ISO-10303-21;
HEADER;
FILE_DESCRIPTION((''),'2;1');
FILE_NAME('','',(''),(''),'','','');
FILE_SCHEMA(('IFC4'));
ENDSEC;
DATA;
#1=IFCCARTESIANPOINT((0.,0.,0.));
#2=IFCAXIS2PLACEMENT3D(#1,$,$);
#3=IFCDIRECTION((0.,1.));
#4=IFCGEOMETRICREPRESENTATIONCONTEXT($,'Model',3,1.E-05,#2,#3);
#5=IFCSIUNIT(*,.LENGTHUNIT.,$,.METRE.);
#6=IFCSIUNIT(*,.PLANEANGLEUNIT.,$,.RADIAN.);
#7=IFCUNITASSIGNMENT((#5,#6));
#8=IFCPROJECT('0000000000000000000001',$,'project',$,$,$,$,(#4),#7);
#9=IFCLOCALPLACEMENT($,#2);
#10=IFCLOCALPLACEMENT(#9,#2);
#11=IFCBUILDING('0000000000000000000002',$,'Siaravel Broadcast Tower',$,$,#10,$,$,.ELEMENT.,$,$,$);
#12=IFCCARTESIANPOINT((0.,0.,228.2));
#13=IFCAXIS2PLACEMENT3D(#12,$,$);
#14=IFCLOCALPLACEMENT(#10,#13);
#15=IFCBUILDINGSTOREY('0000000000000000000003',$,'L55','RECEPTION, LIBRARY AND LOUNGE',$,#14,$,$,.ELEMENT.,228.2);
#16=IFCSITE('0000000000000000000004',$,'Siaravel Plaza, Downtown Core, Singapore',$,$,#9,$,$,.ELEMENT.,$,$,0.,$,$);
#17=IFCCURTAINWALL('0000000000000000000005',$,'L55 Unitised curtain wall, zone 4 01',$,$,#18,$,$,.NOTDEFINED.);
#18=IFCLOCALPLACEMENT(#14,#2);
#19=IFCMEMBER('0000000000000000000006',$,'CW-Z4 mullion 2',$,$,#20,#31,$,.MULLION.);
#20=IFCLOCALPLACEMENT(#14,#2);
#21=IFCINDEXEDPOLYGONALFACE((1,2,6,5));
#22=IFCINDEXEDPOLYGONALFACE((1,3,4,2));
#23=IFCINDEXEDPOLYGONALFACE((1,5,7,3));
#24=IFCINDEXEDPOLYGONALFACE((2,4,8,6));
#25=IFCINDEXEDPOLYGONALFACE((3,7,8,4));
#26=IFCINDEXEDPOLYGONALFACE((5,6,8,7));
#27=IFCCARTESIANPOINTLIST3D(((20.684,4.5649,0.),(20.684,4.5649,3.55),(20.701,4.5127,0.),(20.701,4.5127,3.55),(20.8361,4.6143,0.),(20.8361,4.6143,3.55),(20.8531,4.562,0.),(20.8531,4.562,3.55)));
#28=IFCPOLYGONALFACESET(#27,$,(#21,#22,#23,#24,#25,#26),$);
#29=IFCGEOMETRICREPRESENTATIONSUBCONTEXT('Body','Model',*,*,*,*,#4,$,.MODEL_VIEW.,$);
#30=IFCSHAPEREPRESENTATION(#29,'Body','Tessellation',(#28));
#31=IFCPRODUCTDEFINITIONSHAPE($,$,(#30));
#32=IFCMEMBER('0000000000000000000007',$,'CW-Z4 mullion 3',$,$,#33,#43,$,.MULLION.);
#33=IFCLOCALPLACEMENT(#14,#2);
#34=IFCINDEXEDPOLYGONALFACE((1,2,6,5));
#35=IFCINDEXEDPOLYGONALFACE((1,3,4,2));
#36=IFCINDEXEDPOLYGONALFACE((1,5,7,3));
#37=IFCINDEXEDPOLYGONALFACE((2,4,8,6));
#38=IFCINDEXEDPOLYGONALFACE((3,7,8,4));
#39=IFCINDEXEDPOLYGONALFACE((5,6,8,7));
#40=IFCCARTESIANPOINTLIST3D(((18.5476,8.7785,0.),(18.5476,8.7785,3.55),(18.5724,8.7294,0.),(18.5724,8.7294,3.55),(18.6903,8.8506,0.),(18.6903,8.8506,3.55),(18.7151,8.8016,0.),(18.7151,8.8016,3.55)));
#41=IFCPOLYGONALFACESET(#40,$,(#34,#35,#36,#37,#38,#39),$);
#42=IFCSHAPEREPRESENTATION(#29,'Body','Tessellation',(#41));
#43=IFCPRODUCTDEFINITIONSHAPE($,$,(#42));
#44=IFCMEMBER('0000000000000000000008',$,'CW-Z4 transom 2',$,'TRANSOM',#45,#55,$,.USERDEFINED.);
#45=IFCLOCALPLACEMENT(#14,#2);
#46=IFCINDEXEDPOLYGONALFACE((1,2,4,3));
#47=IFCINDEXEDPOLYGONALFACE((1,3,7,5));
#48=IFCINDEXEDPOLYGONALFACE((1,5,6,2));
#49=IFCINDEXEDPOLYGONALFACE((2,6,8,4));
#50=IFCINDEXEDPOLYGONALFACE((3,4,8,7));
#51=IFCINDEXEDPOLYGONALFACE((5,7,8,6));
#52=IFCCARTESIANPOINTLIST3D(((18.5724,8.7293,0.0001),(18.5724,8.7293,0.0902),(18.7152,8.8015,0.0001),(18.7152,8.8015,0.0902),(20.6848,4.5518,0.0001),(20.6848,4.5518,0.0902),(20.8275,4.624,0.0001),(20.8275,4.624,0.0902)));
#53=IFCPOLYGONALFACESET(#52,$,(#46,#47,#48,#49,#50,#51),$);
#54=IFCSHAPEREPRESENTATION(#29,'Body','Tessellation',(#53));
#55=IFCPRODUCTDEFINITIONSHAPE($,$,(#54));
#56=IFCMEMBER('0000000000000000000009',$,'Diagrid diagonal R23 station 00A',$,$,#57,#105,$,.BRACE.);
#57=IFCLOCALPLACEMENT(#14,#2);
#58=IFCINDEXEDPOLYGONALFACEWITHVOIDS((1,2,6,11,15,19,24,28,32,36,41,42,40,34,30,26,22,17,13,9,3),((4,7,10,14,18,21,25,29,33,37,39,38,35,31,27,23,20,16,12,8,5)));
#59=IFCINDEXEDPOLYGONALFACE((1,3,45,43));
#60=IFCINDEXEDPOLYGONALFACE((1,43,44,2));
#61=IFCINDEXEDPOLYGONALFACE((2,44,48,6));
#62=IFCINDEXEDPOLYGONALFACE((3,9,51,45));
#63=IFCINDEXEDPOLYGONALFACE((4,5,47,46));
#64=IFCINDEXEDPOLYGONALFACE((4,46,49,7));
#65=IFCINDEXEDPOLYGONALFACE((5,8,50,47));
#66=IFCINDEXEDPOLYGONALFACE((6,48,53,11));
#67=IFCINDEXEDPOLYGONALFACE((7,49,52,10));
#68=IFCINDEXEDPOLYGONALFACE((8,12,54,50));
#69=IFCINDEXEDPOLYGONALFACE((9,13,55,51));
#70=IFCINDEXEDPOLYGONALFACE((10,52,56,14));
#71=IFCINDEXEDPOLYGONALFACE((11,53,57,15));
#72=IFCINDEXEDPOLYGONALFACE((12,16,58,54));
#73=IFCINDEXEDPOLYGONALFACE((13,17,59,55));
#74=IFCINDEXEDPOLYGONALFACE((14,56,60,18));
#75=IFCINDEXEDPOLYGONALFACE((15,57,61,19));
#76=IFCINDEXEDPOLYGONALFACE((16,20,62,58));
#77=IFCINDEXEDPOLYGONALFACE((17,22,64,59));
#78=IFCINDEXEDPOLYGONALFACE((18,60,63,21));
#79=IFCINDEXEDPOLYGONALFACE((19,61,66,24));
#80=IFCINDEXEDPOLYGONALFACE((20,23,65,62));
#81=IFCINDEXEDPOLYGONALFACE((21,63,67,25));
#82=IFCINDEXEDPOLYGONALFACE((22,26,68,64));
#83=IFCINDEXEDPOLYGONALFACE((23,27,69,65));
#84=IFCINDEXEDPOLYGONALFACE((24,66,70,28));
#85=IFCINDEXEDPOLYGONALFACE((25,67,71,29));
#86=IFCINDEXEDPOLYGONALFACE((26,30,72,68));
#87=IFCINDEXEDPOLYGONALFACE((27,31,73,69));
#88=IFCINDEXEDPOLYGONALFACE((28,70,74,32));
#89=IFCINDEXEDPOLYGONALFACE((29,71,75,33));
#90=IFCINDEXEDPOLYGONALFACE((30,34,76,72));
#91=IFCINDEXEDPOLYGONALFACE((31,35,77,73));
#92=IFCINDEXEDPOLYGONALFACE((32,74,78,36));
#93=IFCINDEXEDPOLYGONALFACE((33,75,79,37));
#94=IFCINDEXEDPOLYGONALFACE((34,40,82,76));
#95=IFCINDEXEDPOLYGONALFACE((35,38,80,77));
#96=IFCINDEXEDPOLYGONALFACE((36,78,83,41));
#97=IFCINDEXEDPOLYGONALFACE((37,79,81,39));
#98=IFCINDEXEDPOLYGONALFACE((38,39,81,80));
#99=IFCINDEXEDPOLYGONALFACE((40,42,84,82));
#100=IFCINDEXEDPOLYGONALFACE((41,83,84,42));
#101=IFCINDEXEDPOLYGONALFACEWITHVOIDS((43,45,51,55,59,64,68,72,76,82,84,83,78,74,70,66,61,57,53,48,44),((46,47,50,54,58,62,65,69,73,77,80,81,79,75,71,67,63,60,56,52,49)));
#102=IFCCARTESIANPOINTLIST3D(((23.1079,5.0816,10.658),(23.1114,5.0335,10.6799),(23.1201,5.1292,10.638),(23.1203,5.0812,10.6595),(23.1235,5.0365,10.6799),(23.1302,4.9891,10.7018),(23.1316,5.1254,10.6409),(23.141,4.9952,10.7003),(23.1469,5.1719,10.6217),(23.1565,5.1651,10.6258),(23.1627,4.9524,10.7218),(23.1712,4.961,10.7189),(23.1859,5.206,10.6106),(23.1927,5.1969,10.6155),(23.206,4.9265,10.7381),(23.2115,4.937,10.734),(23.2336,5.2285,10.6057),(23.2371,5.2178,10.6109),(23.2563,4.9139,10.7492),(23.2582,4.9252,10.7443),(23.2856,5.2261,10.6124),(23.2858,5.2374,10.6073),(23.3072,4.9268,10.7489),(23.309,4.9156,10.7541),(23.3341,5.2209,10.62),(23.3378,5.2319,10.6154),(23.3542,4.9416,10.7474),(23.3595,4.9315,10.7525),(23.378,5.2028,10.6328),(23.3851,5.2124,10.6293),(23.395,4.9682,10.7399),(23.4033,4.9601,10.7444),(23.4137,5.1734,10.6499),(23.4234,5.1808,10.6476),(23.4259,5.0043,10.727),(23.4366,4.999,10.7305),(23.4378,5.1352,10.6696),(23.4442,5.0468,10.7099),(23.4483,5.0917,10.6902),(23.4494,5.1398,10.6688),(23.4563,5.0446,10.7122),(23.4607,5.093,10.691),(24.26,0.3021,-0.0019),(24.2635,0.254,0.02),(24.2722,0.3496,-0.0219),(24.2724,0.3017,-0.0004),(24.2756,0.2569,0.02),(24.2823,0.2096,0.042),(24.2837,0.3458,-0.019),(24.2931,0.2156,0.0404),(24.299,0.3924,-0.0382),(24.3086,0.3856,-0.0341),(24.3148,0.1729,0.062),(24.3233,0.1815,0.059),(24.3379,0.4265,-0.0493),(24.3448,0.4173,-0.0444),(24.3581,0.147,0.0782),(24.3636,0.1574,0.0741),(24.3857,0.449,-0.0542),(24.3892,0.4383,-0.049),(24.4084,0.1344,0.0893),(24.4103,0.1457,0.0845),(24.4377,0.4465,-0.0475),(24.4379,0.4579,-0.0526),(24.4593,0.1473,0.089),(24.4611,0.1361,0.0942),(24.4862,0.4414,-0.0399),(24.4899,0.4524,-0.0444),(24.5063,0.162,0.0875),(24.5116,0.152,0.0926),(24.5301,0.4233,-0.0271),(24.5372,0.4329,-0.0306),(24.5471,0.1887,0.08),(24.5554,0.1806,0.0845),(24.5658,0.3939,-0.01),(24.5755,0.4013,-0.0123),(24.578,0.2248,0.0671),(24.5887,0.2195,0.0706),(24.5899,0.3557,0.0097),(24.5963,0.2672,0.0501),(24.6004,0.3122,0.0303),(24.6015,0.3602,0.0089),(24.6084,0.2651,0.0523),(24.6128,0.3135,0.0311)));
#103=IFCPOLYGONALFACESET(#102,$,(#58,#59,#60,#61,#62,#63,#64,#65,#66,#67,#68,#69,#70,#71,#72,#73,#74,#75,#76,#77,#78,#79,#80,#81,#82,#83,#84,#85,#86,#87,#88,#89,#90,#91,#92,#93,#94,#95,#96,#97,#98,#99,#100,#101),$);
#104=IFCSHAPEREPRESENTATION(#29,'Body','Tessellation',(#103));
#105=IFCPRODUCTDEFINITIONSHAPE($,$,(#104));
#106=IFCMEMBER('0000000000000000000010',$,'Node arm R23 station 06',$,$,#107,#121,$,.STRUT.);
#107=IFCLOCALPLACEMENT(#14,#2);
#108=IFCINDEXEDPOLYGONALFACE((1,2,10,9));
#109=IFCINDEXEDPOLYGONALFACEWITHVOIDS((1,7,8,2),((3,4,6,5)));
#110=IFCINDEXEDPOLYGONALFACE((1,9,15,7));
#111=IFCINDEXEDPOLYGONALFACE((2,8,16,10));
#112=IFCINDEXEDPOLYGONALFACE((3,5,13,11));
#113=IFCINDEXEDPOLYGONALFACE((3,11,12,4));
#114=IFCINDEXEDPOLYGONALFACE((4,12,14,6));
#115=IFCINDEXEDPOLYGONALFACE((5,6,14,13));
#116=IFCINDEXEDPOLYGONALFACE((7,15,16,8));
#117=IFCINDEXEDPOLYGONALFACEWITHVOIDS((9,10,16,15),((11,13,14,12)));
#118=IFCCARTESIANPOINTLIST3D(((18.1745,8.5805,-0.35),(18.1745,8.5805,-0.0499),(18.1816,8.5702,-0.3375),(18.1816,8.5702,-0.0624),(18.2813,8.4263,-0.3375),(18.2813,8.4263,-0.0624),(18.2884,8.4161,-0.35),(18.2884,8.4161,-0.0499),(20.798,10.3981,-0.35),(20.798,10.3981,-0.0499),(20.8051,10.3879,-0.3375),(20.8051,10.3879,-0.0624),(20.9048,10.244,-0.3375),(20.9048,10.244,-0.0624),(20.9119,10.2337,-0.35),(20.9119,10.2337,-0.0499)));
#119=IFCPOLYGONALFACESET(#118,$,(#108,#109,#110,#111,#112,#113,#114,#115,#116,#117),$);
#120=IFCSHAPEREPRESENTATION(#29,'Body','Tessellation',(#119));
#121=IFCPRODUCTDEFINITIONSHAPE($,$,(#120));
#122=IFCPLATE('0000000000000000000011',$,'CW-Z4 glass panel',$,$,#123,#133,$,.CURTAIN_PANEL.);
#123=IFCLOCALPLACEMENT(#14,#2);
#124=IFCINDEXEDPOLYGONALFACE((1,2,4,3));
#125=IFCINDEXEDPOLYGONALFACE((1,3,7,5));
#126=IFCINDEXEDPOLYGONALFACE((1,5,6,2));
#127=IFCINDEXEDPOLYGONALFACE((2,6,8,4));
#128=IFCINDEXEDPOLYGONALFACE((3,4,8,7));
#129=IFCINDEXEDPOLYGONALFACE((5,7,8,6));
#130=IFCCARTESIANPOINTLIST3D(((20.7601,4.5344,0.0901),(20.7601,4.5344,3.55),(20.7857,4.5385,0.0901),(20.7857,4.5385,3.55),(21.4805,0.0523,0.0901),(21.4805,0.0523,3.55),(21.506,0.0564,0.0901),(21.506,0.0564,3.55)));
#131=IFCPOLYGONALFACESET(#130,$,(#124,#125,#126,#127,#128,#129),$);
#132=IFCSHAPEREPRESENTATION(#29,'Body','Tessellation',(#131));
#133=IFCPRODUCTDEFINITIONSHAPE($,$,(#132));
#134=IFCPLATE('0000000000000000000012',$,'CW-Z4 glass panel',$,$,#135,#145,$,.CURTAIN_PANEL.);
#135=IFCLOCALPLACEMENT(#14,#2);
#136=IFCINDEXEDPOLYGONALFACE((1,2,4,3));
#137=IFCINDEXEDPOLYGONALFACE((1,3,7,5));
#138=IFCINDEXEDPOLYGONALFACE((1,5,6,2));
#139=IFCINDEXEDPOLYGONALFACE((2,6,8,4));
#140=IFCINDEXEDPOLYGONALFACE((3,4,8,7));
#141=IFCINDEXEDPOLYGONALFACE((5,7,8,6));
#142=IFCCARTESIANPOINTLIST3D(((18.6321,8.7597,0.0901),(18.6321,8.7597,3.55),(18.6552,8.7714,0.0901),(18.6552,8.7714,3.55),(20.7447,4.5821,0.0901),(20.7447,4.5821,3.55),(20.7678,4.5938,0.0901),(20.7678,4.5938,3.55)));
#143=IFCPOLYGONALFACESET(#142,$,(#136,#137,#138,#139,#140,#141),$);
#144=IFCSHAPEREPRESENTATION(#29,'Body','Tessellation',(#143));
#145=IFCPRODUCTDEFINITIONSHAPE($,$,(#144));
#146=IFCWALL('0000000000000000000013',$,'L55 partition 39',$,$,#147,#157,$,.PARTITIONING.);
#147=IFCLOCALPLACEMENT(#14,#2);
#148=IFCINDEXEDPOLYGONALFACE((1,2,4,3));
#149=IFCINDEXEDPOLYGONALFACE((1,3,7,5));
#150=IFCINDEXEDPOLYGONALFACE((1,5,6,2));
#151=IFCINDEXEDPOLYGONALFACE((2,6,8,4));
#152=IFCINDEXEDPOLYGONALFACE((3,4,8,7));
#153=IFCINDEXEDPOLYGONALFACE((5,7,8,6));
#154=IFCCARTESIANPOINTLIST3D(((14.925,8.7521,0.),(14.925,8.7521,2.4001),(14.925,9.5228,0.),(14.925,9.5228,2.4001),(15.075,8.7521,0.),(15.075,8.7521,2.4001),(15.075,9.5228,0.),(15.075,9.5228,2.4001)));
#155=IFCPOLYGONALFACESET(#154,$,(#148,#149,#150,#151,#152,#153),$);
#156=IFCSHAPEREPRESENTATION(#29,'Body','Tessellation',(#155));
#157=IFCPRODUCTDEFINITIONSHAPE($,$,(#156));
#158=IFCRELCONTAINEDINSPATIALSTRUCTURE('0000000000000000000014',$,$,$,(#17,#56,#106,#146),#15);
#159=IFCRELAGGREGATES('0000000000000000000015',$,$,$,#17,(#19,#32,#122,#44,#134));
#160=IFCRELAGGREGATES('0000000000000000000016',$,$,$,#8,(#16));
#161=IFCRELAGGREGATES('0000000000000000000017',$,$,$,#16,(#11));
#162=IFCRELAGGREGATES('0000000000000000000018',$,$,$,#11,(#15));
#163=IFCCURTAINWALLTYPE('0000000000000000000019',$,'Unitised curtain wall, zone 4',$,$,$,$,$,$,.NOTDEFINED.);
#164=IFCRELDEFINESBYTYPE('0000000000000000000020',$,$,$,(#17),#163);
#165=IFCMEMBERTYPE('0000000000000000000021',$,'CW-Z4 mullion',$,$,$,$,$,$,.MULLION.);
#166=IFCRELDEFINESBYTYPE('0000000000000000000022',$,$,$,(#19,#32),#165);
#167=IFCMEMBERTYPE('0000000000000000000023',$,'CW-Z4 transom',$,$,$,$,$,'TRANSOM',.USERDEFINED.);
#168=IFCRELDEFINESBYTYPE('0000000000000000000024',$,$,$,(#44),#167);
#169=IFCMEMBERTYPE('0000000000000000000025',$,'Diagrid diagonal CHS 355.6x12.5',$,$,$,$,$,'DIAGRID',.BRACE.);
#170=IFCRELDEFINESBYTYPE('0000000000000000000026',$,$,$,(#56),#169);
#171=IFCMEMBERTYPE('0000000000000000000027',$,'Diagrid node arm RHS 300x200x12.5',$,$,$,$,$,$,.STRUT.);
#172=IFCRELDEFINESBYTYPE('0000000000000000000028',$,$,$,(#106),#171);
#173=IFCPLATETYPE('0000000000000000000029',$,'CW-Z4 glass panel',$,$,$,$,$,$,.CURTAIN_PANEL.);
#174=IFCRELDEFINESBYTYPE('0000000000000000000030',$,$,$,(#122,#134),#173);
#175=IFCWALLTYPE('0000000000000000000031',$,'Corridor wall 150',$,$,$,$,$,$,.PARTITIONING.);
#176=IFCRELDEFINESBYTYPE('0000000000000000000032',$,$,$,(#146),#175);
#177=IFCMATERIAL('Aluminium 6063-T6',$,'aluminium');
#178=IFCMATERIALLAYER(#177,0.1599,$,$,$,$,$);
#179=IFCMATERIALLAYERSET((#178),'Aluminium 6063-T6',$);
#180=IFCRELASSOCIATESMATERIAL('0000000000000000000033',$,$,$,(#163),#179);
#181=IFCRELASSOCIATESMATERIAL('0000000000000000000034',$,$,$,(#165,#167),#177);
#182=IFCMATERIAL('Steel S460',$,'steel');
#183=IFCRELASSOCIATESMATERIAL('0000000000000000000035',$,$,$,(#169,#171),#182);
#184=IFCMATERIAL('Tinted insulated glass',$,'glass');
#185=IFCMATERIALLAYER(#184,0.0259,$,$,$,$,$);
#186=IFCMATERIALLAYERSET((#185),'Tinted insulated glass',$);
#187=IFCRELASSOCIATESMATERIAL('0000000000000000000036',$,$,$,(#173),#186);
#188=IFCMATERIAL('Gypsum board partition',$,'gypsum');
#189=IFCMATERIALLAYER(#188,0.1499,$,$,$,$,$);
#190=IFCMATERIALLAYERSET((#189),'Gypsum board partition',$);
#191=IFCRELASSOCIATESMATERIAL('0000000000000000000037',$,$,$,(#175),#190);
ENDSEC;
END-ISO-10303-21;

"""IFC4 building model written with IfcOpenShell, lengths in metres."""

from ifc_helpers import new_model, si_unit, direction, frame, frame_2d, origin, origin_2d, place, context, subcontext, project, spatial, rectangle, hollow_rectangle, hollow_circle, extrude, material, layer, layer_set, material_profile, profile_set, type_object, element, aggregate, save


model = new_model("IFC4")

# Units and contexts
model_context = context("Model", 3, precision=1e-05, world=origin(), true_north=direction((0.0, 1.0)))
body_context = subcontext(model_context, "Body", "Model", "MODEL_VIEW")
ifc_project = project(units=[si_unit("LENGTHUNIT", "METRE"), si_unit("PLANEANGLEUNIT", "RADIAN")], contexts=[model_context])

# Site, building, storey
site_placement = place(None, origin())
site = spatial("IfcSite", under=ifc_project, at=site_placement, Name="Siaravel Plaza, Downtown Core, Singapore", CompositionType="ELEMENT", RefElevation=0.0)
building_placement = place(site_placement, origin())
building = spatial("IfcBuilding", under=site, at=building_placement, Name="Siaravel Broadcast Tower", CompositionType="ELEMENT")
storey_placement = place(building_placement, frame((0.0, 0.0, 228.2)))
storey = spatial("IfcBuildingStorey", under=building, at=storey_placement, Name="L55", Description="RECEPTION, LIBRARY AND LOUNGE", CompositionType="ELEMENT", Elevation=228.2)

# Curtain wall, members
ifc_material_1 = material(Name="Aluminium 6063-T6", Category="aluminium")
ifc_layer_1 = layer(ifc_material_1, 0.1599)
ifc_layer_set_1 = layer_set([ifc_layer_1], Name="Aluminium 6063-T6")
curtain_wall_type = type_object("IfcCurtainWallType", Name="Unitised curtain wall, zone 4", PredefinedType="NOTDEFINED", material=ifc_layer_set_1)
curtain_wall_placement = place(storey_placement, origin())
curtain_wall = element("IfcCurtainWall", 1, at=curtain_wall_placement, inside=storey, type_object=curtain_wall_type, Name="L55 Unitised curtain wall, zone 4 01", PredefinedType="NOTDEFINED")
ifc_material_profile_1 = material_profile(ifc_material_1, rectangle(XDim=0.1599, YDim=0.0549, at=origin_2d()))
ifc_profile_set_1 = profile_set([ifc_material_profile_1], Name="Aluminium 6063-T6")
member_type_1 = type_object("IfcMemberType", Name="CW-Z4 mullion", PredefinedType="MULLION", material=ifc_profile_set_1)
member_1_placement = place(storey_placement, frame((20.7686, 4.5635, 0.0), z_axis=(0.0, 0.0, 1.0), x_axis=(-0.951178, -0.308644, 0.0)))
member_1 = element("IfcMember", 2, at=member_1_placement, type_object=member_type_1, Name="CW-Z4 mullion 2", PredefinedType="MULLION", context=body_context, shape_type="SweptSolid", body=[
    extrude(rectangle(XDim=0.1599, YDim=0.0549, at=origin_2d()), origin(), (0.0, 0.0, 1.0), 3.55),
])
member_2_placement = place(storey_placement, frame((18.6313, 8.79, 0.0), z_axis=(0.0, 0.0, 1.0), x_axis=(-0.892393, -0.451259, 0.0)))
member_2 = element("IfcMember", 3, at=member_2_placement, type_object=member_type_1, Name="CW-Z4 mullion 3", PredefinedType="MULLION", context=body_context, shape_type="SweptSolid", body=[
    extrude(rectangle(XDim=0.1599, YDim=0.0549, at=origin_2d()), origin(), (0.0, 0.0, 1.0), 3.55),
])
ifc_material_profile_2 = material_profile(ifc_material_1, rectangle(XDim=0.1599, YDim=0.0901, at=origin_2d()))
ifc_profile_set_2 = profile_set([ifc_material_profile_2], Name="Aluminium 6063-T6")
member_type_2 = type_object("IfcMemberType", Name="CW-Z4 transom", ElementType="TRANSOM", PredefinedType="USERDEFINED", material=ifc_profile_set_2)
member_3_placement = place(storey_placement, frame((20.7561, 4.5879, 0.0452), z_axis=(-0.451235, 0.892405, 0.0), x_axis=(-0.892405, -0.451235, 0.0)))
member_3 = element("IfcMember", 4, at=member_3_placement, type_object=member_type_2, Name="CW-Z4 transom 2", ObjectType="TRANSOM", PredefinedType="USERDEFINED", context=body_context, shape_type="SweptSolid", body=[
    extrude(rectangle(XDim=0.1599, YDim=0.0901, at=origin_2d()), origin(), (0.0, 0.0, 1.0), 4.6812),
])

# Members
ifc_material_2 = material(Name="Steel S460", Category="steel")
ifc_material_profile_3 = material_profile(ifc_material_2, hollow_circle(Radius=0.1777, WallThickness=0.0125, at=origin_2d()))
ifc_profile_set_3 = profile_set([ifc_material_profile_3], Name="Steel S460")
member_type_3 = type_object("IfcMemberType", Name="Diagrid diagonal CHS 355.6x12.5", ElementType="DIAGRID", PredefinedType="BRACE", material=ifc_profile_set_3)
member_4_placement = place(storey_placement, frame((24.4363, 0.2957, 0.02), z_axis=(-0.098143, 0.407149, 0.908074), x_axis=(-0.972156, -0.234336, 0.0)))
element("IfcMember", 5, at=member_4_placement, inside=storey, type_object=member_type_3, Name="Diagrid diagonal R23 station 00A", PredefinedType="BRACE", context=body_context, shape_type="SweptSolid", body=[
    extrude(hollow_circle(Radius=0.1777, WallThickness=0.0125, at=origin_2d()), origin(), (0.0, 0.0, 1.0), 11.739),
])
ifc_material_profile_4 = material_profile(ifc_material_2, hollow_rectangle(XDim=0.2, YDim=0.3, WallThickness=0.0125, at=origin_2d()))
ifc_profile_set_4 = profile_set([ifc_material_profile_4], Name="Steel S460")
member_type_4 = type_object("IfcMemberType", Name="Diagrid node arm RHS 300x200x12.5", PredefinedType="STRUT", material=ifc_profile_set_4)
member_5_placement = place(storey_placement, frame((18.2314, 8.4983, -0.2), z_axis=(0.821997, 0.569492, 0.0), x_axis=(-0.569492, 0.821997, 0.0)))
element("IfcMember", 6, at=member_5_placement, inside=storey, type_object=member_type_4, Name="Node arm R23 station 06", PredefinedType="STRUT", context=body_context, shape_type="SweptSolid", body=[
    extrude(hollow_rectangle(XDim=0.2, YDim=0.3, WallThickness=0.0125, at=origin_2d()), origin(), (0.0, 0.0, 1.0), 3.1917),
])

# Plates
ifc_material_3 = material(Name="Tinted insulated glass", Category="glass")
ifc_layer_2 = layer(ifc_material_3, 0.0259)
ifc_layer_set_2 = layer_set([ifc_layer_2], Name="Tinted insulated glass")
plate_type = type_object("IfcPlateType", Name="CW-Z4 glass panel", PredefinedType="CURTAIN_PANEL", material=ifc_layer_set_2)
plate_1_placement = place(storey_placement, frame((21.1331, 2.2954, 0.0901), z_axis=(0.0, 0.0, 1.0), x_axis=(-0.158685, 0.987329, 0.0)))
plate_1 = element("IfcPlate", 7, at=plate_1_placement, type_object=plate_type, Name="CW-Z4 glass panel", PredefinedType="CURTAIN_PANEL", context=body_context, shape_type="SweptSolid", body=[
    extrude(rectangle(XDim=4.5396, YDim=0.0259, at=origin_2d()), origin(), (0.0, 0.0, 1.0), 3.46),
])
plate_2_placement = place(storey_placement, frame((19.7, 6.6768, 0.0901), z_axis=(0.0, 0.0, 1.0), x_axis=(-0.451259, 0.892393, 0.0)))
plate_2 = element("IfcPlate", 8, at=plate_2_placement, type_object=plate_type, Name="CW-Z4 glass panel", PredefinedType="CURTAIN_PANEL", context=body_context, shape_type="SweptSolid", body=[
    extrude(rectangle(XDim=4.6814, YDim=0.0259, at=origin_2d()), origin(), (0.0, 0.0, 1.0), 3.46),
])
aggregate(curtain_wall, [member_1, member_2, plate_1, member_3, plate_2])

# Wall
ifc_material_4 = material(Name="Gypsum board partition", Category="gypsum")
ifc_layer_3 = layer(ifc_material_4, 0.1499)
ifc_layer_set_3 = layer_set([ifc_layer_3], Name="Gypsum board partition")
wall_type_1 = type_object("IfcWallType", Name="Corridor wall 150", PredefinedType="PARTITIONING", material=ifc_layer_set_3)
wall_1_placement = place(storey_placement, frame((15.0, 8.7522, 0.0), z_axis=(0.0, 0.0, 1.0), x_axis=(0.0, 1.0, 0.0)))
element("IfcWall", 9, at=wall_1_placement, inside=storey, type_object=wall_type_1, Name="L55 partition 39", PredefinedType="PARTITIONING", context=body_context, shape_type="SweptSolid", body=[
    extrude(rectangle(XDim=0.7708, YDim=0.1499, at=frame_2d((0.3853, 0.0))), origin(), (0.0, 0.0, 1.0), 2.4001),
])

save(model, "model.ifc")
